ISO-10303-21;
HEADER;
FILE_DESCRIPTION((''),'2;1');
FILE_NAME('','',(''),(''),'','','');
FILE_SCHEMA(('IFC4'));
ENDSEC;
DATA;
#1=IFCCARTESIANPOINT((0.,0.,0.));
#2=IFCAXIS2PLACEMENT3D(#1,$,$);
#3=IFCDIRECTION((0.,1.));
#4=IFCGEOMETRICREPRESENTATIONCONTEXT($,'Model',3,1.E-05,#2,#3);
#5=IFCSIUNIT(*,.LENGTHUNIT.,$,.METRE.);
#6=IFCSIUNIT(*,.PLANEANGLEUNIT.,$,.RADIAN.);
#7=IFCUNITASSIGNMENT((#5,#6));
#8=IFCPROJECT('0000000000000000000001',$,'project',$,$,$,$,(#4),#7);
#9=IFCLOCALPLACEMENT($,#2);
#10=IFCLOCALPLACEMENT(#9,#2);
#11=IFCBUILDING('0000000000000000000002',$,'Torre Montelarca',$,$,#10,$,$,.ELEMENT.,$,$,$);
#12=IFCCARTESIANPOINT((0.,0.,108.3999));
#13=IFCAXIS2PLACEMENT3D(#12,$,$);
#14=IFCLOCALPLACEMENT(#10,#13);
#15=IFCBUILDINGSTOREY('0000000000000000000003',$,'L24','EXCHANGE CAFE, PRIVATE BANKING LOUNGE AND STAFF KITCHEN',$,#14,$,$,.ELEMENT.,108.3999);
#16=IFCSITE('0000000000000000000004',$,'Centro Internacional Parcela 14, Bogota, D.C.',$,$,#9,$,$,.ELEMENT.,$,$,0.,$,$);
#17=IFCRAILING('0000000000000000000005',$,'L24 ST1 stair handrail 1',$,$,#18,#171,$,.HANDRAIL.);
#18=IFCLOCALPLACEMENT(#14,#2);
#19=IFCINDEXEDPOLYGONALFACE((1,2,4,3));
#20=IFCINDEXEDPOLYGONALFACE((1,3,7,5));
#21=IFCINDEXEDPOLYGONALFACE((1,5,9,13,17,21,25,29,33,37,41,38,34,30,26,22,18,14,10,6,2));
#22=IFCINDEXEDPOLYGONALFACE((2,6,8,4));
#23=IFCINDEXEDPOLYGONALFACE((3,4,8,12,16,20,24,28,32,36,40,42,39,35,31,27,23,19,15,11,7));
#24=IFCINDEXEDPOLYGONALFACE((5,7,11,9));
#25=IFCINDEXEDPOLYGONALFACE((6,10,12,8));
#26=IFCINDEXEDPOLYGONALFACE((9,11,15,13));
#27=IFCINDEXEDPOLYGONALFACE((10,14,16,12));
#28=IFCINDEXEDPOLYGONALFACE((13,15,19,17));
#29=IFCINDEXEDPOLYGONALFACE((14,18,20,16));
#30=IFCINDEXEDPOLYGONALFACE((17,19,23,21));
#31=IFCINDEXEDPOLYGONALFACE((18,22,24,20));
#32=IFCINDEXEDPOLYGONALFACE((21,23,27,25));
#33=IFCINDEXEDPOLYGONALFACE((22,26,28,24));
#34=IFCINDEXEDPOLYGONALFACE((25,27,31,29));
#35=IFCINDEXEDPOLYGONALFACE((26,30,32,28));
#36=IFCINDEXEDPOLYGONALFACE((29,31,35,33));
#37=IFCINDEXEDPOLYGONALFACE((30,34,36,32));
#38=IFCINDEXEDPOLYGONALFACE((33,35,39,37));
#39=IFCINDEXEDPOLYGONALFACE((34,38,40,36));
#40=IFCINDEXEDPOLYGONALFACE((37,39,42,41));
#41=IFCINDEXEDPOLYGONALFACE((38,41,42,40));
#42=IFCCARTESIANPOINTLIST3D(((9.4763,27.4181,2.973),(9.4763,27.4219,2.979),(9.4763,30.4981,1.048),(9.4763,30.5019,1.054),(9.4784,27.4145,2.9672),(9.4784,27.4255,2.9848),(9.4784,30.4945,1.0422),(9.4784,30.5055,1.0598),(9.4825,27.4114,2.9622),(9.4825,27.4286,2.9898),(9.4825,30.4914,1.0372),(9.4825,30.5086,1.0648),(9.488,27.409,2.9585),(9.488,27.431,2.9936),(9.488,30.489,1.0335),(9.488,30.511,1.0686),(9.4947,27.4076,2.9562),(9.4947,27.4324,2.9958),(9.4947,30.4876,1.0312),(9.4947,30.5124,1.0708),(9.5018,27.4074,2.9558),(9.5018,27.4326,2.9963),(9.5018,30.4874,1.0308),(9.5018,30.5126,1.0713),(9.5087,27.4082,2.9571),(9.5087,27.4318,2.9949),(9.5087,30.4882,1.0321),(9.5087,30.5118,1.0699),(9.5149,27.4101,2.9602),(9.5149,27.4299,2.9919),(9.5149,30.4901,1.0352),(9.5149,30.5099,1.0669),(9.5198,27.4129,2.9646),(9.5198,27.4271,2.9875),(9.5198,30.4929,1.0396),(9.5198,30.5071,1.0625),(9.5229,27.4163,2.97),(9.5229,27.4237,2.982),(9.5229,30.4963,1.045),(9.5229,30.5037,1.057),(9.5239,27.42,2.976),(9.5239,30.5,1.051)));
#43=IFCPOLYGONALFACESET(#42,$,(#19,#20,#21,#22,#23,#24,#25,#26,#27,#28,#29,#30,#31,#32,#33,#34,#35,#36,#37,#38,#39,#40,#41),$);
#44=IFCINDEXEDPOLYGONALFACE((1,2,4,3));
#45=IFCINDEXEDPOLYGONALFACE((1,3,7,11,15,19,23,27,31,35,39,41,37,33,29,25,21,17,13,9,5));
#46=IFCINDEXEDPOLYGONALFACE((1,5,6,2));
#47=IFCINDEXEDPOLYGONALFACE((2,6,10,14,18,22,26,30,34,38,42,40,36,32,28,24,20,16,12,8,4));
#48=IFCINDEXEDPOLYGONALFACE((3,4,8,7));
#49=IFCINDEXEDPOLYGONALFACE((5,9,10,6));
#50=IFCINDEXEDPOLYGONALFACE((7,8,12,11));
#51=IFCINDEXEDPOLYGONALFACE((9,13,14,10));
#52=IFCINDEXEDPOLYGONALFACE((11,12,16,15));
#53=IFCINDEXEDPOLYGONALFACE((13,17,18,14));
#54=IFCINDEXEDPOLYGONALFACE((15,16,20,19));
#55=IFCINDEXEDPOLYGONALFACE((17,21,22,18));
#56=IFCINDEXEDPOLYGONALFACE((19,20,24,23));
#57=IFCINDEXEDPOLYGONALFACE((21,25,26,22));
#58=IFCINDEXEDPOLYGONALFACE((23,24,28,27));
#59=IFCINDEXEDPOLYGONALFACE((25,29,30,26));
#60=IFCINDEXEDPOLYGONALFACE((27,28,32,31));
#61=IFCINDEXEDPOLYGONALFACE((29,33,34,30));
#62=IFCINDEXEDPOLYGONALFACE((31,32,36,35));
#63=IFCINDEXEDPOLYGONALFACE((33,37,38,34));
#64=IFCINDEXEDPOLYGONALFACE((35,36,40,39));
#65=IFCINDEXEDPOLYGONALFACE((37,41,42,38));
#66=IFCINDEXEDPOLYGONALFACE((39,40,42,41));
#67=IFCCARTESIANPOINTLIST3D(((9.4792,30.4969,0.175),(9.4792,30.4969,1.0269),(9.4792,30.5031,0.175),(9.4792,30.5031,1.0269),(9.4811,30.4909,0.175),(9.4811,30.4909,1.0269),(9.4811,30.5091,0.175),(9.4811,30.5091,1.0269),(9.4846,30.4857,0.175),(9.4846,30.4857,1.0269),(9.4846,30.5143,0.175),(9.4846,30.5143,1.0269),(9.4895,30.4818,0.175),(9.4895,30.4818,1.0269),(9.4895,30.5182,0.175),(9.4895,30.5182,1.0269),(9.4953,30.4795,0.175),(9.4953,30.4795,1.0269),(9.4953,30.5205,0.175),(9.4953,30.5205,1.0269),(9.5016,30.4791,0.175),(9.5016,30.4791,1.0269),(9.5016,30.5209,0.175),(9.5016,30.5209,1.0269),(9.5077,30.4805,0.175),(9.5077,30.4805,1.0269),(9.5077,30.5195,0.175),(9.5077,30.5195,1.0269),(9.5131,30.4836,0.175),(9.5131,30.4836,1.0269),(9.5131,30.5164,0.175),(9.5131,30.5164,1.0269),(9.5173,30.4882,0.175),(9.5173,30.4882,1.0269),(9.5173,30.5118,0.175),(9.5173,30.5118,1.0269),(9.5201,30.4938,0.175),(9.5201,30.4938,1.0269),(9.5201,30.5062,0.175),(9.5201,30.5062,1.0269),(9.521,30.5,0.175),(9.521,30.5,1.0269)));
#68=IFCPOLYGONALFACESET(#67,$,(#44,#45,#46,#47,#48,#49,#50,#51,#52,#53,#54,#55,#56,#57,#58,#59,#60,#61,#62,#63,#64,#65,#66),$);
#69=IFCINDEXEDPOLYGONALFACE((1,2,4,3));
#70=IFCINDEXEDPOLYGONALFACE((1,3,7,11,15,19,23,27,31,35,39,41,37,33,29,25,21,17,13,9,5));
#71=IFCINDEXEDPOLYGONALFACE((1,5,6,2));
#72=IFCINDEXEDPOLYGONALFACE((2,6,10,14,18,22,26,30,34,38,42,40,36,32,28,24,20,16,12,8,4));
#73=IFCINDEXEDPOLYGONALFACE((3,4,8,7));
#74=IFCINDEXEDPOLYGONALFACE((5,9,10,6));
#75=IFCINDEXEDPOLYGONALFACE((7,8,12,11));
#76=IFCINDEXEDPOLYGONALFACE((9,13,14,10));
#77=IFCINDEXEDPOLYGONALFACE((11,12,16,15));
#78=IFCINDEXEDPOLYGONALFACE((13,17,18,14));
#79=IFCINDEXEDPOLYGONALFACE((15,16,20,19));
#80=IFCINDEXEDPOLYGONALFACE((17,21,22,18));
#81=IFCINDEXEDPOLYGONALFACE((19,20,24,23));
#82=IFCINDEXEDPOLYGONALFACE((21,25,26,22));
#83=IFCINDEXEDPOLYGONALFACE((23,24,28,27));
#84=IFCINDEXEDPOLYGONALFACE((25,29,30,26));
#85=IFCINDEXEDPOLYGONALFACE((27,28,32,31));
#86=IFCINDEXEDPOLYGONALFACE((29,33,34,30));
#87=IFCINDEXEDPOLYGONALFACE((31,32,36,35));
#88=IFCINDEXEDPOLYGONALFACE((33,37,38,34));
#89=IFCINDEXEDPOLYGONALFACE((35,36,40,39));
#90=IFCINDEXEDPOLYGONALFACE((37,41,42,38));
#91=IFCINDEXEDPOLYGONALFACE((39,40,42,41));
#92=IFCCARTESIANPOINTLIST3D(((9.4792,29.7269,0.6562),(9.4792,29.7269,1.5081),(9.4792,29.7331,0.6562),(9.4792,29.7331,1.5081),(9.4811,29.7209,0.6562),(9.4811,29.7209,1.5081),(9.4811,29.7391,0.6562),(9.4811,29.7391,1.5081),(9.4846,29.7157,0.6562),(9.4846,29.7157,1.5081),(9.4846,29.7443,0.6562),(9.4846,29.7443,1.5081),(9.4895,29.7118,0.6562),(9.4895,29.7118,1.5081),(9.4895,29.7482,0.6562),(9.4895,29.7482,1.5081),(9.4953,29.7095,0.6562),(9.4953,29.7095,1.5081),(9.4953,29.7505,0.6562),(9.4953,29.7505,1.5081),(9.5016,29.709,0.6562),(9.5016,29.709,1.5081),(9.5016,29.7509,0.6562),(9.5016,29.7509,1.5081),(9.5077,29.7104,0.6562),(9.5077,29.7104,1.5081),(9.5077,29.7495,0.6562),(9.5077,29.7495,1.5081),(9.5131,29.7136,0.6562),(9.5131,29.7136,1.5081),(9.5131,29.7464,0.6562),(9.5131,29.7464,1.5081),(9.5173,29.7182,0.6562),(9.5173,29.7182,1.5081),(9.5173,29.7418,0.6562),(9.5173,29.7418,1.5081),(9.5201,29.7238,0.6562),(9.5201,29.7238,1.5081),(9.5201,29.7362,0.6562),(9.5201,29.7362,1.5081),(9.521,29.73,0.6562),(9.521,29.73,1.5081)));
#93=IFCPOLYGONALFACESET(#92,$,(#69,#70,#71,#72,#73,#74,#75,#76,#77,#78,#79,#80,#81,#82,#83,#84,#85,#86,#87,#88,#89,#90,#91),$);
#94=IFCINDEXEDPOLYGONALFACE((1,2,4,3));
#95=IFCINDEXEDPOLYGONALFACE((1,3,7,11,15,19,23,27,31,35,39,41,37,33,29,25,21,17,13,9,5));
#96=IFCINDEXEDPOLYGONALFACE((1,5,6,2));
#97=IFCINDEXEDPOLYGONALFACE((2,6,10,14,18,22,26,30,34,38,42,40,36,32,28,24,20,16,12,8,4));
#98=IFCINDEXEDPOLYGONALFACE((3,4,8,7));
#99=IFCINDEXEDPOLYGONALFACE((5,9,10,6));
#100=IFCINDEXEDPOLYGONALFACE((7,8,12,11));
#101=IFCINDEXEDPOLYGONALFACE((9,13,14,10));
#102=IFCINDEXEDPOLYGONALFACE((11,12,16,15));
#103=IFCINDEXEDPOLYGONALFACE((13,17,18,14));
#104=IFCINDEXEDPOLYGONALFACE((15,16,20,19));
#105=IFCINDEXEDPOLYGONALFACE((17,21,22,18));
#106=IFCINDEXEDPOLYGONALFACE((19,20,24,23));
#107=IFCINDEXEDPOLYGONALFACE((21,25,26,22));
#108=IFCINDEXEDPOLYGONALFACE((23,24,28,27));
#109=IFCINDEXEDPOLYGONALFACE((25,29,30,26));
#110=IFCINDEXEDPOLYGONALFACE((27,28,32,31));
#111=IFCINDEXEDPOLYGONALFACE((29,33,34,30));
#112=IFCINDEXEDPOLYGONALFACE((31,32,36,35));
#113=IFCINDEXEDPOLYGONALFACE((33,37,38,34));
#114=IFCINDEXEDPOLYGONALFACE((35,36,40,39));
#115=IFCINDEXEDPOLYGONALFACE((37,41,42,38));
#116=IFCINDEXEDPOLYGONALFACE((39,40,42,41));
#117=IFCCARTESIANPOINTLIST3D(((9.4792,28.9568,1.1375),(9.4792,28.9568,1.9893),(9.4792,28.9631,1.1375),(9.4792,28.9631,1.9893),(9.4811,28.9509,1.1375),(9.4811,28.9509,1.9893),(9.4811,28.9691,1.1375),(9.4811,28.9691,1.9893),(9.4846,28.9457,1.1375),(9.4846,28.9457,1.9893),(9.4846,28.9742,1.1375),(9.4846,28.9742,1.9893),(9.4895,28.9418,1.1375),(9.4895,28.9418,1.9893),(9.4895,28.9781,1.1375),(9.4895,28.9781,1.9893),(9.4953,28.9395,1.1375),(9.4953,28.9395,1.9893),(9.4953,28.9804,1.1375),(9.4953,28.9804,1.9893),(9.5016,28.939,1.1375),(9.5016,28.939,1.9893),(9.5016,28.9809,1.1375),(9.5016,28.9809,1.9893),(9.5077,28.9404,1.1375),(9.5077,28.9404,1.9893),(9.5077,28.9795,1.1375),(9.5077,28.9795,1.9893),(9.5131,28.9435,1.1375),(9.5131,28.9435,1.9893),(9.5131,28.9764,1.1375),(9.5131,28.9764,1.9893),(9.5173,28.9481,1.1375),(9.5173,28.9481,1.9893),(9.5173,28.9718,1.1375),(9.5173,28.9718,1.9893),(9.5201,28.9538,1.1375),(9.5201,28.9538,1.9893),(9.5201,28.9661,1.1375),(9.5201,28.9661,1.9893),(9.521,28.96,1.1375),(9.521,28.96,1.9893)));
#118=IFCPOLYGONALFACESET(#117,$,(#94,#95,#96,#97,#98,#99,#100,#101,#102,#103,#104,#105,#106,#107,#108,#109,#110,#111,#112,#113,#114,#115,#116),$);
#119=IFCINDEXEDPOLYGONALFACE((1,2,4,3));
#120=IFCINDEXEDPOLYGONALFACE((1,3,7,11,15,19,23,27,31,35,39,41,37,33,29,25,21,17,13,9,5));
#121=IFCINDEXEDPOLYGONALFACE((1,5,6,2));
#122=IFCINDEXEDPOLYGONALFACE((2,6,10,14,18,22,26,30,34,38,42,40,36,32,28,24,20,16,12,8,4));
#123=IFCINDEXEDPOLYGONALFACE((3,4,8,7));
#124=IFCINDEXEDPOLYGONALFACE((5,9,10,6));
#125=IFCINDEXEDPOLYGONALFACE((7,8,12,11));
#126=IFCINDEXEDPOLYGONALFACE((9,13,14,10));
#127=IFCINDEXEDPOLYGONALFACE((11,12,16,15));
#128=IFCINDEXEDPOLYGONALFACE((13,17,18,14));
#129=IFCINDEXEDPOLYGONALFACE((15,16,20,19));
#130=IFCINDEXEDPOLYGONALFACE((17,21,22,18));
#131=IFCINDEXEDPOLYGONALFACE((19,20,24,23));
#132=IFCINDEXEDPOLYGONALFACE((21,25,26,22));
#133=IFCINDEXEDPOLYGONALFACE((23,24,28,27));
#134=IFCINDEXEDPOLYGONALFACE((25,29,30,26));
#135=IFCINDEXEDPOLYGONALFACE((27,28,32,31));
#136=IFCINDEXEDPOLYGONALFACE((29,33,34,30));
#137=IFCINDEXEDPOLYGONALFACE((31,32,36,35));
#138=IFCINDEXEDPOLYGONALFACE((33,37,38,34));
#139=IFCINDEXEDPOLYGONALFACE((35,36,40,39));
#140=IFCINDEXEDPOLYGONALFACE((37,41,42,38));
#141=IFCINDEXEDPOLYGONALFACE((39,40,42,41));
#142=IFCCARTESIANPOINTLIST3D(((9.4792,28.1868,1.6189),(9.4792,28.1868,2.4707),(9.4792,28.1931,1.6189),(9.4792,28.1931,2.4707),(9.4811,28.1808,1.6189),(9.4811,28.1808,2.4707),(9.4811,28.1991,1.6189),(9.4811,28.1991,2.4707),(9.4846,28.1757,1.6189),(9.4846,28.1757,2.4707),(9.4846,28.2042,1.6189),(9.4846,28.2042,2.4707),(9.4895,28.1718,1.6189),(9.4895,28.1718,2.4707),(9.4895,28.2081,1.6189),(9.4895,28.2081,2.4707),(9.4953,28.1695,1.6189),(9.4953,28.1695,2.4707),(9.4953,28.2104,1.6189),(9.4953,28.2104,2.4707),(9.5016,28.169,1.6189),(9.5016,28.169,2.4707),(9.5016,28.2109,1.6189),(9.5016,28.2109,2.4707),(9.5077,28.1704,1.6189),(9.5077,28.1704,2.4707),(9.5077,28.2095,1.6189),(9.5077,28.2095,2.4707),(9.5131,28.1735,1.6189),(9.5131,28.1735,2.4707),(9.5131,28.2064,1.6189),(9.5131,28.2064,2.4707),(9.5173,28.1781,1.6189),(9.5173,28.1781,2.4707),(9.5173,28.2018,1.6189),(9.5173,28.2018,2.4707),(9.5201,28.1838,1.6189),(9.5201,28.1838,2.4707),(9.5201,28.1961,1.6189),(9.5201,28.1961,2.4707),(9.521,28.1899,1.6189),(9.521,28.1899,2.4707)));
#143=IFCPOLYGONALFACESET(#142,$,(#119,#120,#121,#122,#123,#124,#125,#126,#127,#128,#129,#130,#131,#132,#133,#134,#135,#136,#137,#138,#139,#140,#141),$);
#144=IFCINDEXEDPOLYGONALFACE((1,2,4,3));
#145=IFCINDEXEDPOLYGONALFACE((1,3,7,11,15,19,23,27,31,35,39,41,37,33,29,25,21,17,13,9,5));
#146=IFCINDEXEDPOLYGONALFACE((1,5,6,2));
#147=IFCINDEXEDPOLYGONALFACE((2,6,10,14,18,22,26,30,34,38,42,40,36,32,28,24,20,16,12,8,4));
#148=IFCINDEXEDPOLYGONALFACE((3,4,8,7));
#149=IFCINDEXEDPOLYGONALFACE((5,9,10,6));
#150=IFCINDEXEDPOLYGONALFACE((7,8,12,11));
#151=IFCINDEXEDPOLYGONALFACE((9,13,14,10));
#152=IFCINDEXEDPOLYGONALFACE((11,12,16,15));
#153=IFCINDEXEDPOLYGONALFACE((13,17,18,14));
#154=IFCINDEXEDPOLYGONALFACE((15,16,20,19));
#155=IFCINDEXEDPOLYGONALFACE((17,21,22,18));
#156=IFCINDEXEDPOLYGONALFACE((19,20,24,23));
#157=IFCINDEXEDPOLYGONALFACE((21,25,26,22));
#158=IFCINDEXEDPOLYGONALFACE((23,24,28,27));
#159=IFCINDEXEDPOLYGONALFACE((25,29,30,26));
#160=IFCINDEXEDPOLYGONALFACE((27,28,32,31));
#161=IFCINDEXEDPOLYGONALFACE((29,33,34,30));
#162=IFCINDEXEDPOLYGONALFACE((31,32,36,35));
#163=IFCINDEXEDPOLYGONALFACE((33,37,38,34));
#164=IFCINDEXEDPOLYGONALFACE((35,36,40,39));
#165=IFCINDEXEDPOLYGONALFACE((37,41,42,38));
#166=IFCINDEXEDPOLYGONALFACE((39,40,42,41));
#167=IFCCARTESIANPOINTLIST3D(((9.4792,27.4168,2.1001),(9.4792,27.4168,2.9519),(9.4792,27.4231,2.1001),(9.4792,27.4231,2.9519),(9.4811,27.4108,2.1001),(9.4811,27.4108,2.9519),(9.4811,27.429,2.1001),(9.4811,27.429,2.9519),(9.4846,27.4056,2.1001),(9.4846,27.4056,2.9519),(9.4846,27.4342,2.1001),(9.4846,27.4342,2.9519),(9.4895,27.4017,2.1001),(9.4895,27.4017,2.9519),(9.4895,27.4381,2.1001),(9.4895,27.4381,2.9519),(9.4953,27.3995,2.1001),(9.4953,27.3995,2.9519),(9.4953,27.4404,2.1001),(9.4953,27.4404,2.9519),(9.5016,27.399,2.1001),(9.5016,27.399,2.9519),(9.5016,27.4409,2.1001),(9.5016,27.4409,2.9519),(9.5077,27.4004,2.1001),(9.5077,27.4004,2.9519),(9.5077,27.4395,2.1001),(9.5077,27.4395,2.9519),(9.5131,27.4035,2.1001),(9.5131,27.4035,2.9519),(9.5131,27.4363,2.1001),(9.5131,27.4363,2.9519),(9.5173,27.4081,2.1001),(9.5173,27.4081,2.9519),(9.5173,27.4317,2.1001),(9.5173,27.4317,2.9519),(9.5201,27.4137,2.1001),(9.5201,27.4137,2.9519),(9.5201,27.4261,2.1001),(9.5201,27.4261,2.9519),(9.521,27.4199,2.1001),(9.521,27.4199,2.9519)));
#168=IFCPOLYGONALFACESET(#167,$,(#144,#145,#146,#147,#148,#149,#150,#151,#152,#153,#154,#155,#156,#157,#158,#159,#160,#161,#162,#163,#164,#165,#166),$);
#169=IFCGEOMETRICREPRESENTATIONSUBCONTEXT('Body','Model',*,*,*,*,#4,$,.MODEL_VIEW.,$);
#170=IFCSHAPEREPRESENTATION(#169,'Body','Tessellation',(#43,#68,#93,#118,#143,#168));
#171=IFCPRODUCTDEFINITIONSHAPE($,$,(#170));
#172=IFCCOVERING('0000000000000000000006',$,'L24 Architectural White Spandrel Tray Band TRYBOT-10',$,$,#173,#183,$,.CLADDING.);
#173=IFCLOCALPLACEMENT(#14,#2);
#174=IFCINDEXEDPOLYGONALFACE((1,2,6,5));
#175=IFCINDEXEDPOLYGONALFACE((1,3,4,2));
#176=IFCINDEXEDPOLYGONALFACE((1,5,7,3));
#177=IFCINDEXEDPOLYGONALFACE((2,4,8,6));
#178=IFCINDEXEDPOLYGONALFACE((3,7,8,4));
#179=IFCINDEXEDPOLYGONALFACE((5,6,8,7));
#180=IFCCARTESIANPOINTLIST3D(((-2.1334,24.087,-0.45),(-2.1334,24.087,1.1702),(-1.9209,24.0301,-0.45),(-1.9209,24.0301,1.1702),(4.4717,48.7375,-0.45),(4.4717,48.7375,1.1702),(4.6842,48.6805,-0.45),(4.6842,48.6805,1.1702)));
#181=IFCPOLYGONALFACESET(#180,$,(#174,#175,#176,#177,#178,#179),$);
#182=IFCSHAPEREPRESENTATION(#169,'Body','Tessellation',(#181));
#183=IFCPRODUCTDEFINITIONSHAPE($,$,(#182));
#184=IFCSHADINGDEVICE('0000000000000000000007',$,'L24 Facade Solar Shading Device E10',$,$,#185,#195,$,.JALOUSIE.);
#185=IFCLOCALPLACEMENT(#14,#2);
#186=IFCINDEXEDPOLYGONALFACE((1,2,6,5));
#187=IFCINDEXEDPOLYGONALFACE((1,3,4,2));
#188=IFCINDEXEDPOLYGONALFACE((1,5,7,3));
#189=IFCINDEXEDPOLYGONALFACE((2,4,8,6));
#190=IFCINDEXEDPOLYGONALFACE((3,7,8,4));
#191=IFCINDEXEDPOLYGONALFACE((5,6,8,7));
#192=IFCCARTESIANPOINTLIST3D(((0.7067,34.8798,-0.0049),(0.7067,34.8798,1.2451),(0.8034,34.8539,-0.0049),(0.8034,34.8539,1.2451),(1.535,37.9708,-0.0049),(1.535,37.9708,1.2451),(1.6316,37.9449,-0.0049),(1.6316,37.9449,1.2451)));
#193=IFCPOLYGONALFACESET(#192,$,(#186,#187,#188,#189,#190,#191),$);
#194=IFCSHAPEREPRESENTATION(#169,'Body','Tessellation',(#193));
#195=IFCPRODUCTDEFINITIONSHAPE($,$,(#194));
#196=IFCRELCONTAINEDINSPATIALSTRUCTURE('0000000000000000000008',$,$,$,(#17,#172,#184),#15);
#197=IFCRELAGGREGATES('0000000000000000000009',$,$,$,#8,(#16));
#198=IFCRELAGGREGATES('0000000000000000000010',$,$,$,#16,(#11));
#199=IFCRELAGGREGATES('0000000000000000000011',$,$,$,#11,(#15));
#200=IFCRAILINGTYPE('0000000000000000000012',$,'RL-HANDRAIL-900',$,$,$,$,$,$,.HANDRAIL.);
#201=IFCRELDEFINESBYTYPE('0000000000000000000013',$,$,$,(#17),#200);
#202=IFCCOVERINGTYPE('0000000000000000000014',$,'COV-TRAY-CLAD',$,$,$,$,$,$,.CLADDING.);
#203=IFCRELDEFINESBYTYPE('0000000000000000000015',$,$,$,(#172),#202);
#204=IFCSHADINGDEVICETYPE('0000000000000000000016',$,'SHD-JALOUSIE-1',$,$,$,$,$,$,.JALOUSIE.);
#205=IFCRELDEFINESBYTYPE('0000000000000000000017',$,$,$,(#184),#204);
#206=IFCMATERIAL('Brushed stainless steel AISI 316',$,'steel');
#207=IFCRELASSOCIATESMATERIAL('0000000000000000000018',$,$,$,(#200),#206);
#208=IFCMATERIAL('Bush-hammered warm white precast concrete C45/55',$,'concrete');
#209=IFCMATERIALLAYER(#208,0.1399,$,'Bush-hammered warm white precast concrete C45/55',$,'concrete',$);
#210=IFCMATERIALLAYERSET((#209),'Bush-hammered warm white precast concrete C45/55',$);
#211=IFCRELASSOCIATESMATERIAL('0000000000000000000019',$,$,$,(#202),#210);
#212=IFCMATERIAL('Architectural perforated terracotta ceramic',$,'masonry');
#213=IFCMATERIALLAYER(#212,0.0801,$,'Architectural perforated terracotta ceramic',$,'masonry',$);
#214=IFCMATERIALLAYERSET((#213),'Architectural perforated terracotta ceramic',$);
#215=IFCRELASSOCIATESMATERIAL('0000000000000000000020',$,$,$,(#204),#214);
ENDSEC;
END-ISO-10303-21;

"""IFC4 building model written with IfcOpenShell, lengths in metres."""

from ifc_helpers import new_model, si_unit, direction, frame, origin, origin_2d, place, context, subcontext, project, spatial, rectangle, circle, extrude, source, transform, mapped, material, layer, layer_set, type_object, element, save


model = new_model("IFC4")

# Units and contexts
model_context = context("Model", 3, precision=1e-05, world=origin(), true_north=direction((0.0, 1.0)))
body_context = subcontext(model_context, "Body", "Model", "MODEL_VIEW")
ifc_project = project(units=[si_unit("LENGTHUNIT", "METRE"), si_unit("PLANEANGLEUNIT", "RADIAN")], contexts=[model_context])

# Site, building, storey
site_placement = place(None, origin())
site = spatial("IfcSite", under=ifc_project, at=site_placement, Name="Centro Internacional Parcela 14, Bogota, D.C.", CompositionType="ELEMENT", RefElevation=0.0)
building_placement = place(site_placement, origin())
building = spatial("IfcBuilding", under=site, at=building_placement, Name="Torre Montelarca", CompositionType="ELEMENT")
storey_placement = place(building_placement, frame((0.0, 0.0, 108.3999)))
storey = spatial("IfcBuildingStorey", under=building, at=storey_placement, Name="L24", Description="EXCHANGE CAFE, PRIVATE BANKING LOUNGE AND STAFF KITCHEN", CompositionType="ELEMENT", Elevation=108.3999)

# Shared definitions
ifc_material_1 = material(Name="Architectural perforated terracotta ceramic", Category="masonry")

# Shared definitions
ifc_material_2 = material(Name="Brushed stainless steel AISI 316", Category="steel")

# Railing
railing_type_1 = type_object("IfcRailingType", Name="RL-HANDRAIL-900", PredefinedType="HANDRAIL", material=ifc_material_2)
railing_1_placement = place(storey_placement, frame((9.5, 30.5, 0.175)))
element("IfcRailing", 1, at=railing_1_placement, inside=storey, type_object=railing_type_1, Name="L24 ST1 stair handrail 1", PredefinedType="HANDRAIL", context=body_context, shape_type="SweptSolid", body=[
    extrude(circle(Radius=0.0239, at=origin_2d()), frame((0.0, 0.0, 0.876), z_axis=(0.0, -0.847998, 0.529999), x_axis=(1.0, 0.0, 0.0)), (0.0, 0.0, 1.0), 3.6321),
    extrude(circle(Radius=0.021, at=origin_2d()), origin(), (0.0, 0.0, 1.0), 0.8518),
    extrude(circle(Radius=0.021, at=origin_2d()), frame((0.0, -0.77, 0.4812)), (0.0, 0.0, 1.0), 0.8518),
    extrude(circle(Radius=0.021, at=origin_2d()), frame((0.0, -1.54, 0.9624)), (0.0, 0.0, 1.0), 0.8518),
    extrude(circle(Radius=0.021, at=origin_2d()), frame((0.0, -2.3101, 1.4438)), (0.0, 0.0, 1.0), 0.8518),
    extrude(circle(Radius=0.021, at=origin_2d()), frame((0.0, -3.0801, 1.925)), (0.0, 0.0, 1.0), 0.8518),
])

# Covering
ifc_material_3 = material(Name="Bush-hammered warm white precast concrete C45/55", Category="concrete")
ifc_layer_1 = layer(ifc_material_3, 0.1399, Name="Bush-hammered warm white precast concrete C45/55", Category="concrete")
ifc_layer_set_1 = layer_set([ifc_layer_1], Name="Bush-hammered warm white precast concrete C45/55")
covering_type = type_object("IfcCoveringType", Name="COV-TRAY-CLAD", PredefinedType="CLADDING", material=ifc_layer_set_1)
shared_shape_1 = source(origin(), body_context, "Body", "SweptSolid", [
    extrude(rectangle(XDim=25.52, YDim=0.22, at=origin_2d()), origin(), (0.0, 0.0, 1.0), 1.6201),
])
covering_placement = place(storey_placement, frame((1.2754, 36.3838, -0.45), z_axis=(0.0, 0.0, 1.0), x_axis=(-0.258819, -0.965926, 0.0)))
element("IfcCovering", 2, at=covering_placement, inside=storey, type_object=covering_type, Name="L24 Architectural White Spandrel Tray Band TRYBOT-10", PredefinedType="CLADDING", context=body_context, shape_type="MappedRepresentation", body=[
    mapped(shared_shape_1, transform((0.0, 0.0, 0.0), scale=1.0)),
])

# Shading device
ifc_layer_2 = layer(ifc_material_1, 0.0801, Name="Architectural perforated terracotta ceramic", Category="masonry")
ifc_layer_set_2 = layer_set([ifc_layer_2], Name="Architectural perforated terracotta ceramic")
shading_device_type = type_object("IfcShadingDeviceType", Name="SHD-JALOUSIE-1", PredefinedType="JALOUSIE", material=ifc_layer_set_2)
shared_shape_2 = source(origin(), body_context, "Body", "SweptSolid", [
    extrude(rectangle(XDim=3.2, YDim=0.1001, at=origin_2d()), origin(), (0.0, 0.0, 1.0), 1.25),
])
shading_device_placement = place(storey_placement, frame((1.1692, 36.4124, -0.0049), z_axis=(0.0, 0.0, 1.0), x_axis=(-0.258819, -0.965926, 0.0)))
element("IfcShadingDevice", 3, at=shading_device_placement, inside=storey, type_object=shading_device_type, Name="L24 Facade Solar Shading Device E10", PredefinedType="JALOUSIE", context=body_context, shape_type="MappedRepresentation", body=[
    mapped(shared_shape_2, transform((0.0, 0.0, 0.0), scale=1.0)),
])

save(model, "model.ifc")
